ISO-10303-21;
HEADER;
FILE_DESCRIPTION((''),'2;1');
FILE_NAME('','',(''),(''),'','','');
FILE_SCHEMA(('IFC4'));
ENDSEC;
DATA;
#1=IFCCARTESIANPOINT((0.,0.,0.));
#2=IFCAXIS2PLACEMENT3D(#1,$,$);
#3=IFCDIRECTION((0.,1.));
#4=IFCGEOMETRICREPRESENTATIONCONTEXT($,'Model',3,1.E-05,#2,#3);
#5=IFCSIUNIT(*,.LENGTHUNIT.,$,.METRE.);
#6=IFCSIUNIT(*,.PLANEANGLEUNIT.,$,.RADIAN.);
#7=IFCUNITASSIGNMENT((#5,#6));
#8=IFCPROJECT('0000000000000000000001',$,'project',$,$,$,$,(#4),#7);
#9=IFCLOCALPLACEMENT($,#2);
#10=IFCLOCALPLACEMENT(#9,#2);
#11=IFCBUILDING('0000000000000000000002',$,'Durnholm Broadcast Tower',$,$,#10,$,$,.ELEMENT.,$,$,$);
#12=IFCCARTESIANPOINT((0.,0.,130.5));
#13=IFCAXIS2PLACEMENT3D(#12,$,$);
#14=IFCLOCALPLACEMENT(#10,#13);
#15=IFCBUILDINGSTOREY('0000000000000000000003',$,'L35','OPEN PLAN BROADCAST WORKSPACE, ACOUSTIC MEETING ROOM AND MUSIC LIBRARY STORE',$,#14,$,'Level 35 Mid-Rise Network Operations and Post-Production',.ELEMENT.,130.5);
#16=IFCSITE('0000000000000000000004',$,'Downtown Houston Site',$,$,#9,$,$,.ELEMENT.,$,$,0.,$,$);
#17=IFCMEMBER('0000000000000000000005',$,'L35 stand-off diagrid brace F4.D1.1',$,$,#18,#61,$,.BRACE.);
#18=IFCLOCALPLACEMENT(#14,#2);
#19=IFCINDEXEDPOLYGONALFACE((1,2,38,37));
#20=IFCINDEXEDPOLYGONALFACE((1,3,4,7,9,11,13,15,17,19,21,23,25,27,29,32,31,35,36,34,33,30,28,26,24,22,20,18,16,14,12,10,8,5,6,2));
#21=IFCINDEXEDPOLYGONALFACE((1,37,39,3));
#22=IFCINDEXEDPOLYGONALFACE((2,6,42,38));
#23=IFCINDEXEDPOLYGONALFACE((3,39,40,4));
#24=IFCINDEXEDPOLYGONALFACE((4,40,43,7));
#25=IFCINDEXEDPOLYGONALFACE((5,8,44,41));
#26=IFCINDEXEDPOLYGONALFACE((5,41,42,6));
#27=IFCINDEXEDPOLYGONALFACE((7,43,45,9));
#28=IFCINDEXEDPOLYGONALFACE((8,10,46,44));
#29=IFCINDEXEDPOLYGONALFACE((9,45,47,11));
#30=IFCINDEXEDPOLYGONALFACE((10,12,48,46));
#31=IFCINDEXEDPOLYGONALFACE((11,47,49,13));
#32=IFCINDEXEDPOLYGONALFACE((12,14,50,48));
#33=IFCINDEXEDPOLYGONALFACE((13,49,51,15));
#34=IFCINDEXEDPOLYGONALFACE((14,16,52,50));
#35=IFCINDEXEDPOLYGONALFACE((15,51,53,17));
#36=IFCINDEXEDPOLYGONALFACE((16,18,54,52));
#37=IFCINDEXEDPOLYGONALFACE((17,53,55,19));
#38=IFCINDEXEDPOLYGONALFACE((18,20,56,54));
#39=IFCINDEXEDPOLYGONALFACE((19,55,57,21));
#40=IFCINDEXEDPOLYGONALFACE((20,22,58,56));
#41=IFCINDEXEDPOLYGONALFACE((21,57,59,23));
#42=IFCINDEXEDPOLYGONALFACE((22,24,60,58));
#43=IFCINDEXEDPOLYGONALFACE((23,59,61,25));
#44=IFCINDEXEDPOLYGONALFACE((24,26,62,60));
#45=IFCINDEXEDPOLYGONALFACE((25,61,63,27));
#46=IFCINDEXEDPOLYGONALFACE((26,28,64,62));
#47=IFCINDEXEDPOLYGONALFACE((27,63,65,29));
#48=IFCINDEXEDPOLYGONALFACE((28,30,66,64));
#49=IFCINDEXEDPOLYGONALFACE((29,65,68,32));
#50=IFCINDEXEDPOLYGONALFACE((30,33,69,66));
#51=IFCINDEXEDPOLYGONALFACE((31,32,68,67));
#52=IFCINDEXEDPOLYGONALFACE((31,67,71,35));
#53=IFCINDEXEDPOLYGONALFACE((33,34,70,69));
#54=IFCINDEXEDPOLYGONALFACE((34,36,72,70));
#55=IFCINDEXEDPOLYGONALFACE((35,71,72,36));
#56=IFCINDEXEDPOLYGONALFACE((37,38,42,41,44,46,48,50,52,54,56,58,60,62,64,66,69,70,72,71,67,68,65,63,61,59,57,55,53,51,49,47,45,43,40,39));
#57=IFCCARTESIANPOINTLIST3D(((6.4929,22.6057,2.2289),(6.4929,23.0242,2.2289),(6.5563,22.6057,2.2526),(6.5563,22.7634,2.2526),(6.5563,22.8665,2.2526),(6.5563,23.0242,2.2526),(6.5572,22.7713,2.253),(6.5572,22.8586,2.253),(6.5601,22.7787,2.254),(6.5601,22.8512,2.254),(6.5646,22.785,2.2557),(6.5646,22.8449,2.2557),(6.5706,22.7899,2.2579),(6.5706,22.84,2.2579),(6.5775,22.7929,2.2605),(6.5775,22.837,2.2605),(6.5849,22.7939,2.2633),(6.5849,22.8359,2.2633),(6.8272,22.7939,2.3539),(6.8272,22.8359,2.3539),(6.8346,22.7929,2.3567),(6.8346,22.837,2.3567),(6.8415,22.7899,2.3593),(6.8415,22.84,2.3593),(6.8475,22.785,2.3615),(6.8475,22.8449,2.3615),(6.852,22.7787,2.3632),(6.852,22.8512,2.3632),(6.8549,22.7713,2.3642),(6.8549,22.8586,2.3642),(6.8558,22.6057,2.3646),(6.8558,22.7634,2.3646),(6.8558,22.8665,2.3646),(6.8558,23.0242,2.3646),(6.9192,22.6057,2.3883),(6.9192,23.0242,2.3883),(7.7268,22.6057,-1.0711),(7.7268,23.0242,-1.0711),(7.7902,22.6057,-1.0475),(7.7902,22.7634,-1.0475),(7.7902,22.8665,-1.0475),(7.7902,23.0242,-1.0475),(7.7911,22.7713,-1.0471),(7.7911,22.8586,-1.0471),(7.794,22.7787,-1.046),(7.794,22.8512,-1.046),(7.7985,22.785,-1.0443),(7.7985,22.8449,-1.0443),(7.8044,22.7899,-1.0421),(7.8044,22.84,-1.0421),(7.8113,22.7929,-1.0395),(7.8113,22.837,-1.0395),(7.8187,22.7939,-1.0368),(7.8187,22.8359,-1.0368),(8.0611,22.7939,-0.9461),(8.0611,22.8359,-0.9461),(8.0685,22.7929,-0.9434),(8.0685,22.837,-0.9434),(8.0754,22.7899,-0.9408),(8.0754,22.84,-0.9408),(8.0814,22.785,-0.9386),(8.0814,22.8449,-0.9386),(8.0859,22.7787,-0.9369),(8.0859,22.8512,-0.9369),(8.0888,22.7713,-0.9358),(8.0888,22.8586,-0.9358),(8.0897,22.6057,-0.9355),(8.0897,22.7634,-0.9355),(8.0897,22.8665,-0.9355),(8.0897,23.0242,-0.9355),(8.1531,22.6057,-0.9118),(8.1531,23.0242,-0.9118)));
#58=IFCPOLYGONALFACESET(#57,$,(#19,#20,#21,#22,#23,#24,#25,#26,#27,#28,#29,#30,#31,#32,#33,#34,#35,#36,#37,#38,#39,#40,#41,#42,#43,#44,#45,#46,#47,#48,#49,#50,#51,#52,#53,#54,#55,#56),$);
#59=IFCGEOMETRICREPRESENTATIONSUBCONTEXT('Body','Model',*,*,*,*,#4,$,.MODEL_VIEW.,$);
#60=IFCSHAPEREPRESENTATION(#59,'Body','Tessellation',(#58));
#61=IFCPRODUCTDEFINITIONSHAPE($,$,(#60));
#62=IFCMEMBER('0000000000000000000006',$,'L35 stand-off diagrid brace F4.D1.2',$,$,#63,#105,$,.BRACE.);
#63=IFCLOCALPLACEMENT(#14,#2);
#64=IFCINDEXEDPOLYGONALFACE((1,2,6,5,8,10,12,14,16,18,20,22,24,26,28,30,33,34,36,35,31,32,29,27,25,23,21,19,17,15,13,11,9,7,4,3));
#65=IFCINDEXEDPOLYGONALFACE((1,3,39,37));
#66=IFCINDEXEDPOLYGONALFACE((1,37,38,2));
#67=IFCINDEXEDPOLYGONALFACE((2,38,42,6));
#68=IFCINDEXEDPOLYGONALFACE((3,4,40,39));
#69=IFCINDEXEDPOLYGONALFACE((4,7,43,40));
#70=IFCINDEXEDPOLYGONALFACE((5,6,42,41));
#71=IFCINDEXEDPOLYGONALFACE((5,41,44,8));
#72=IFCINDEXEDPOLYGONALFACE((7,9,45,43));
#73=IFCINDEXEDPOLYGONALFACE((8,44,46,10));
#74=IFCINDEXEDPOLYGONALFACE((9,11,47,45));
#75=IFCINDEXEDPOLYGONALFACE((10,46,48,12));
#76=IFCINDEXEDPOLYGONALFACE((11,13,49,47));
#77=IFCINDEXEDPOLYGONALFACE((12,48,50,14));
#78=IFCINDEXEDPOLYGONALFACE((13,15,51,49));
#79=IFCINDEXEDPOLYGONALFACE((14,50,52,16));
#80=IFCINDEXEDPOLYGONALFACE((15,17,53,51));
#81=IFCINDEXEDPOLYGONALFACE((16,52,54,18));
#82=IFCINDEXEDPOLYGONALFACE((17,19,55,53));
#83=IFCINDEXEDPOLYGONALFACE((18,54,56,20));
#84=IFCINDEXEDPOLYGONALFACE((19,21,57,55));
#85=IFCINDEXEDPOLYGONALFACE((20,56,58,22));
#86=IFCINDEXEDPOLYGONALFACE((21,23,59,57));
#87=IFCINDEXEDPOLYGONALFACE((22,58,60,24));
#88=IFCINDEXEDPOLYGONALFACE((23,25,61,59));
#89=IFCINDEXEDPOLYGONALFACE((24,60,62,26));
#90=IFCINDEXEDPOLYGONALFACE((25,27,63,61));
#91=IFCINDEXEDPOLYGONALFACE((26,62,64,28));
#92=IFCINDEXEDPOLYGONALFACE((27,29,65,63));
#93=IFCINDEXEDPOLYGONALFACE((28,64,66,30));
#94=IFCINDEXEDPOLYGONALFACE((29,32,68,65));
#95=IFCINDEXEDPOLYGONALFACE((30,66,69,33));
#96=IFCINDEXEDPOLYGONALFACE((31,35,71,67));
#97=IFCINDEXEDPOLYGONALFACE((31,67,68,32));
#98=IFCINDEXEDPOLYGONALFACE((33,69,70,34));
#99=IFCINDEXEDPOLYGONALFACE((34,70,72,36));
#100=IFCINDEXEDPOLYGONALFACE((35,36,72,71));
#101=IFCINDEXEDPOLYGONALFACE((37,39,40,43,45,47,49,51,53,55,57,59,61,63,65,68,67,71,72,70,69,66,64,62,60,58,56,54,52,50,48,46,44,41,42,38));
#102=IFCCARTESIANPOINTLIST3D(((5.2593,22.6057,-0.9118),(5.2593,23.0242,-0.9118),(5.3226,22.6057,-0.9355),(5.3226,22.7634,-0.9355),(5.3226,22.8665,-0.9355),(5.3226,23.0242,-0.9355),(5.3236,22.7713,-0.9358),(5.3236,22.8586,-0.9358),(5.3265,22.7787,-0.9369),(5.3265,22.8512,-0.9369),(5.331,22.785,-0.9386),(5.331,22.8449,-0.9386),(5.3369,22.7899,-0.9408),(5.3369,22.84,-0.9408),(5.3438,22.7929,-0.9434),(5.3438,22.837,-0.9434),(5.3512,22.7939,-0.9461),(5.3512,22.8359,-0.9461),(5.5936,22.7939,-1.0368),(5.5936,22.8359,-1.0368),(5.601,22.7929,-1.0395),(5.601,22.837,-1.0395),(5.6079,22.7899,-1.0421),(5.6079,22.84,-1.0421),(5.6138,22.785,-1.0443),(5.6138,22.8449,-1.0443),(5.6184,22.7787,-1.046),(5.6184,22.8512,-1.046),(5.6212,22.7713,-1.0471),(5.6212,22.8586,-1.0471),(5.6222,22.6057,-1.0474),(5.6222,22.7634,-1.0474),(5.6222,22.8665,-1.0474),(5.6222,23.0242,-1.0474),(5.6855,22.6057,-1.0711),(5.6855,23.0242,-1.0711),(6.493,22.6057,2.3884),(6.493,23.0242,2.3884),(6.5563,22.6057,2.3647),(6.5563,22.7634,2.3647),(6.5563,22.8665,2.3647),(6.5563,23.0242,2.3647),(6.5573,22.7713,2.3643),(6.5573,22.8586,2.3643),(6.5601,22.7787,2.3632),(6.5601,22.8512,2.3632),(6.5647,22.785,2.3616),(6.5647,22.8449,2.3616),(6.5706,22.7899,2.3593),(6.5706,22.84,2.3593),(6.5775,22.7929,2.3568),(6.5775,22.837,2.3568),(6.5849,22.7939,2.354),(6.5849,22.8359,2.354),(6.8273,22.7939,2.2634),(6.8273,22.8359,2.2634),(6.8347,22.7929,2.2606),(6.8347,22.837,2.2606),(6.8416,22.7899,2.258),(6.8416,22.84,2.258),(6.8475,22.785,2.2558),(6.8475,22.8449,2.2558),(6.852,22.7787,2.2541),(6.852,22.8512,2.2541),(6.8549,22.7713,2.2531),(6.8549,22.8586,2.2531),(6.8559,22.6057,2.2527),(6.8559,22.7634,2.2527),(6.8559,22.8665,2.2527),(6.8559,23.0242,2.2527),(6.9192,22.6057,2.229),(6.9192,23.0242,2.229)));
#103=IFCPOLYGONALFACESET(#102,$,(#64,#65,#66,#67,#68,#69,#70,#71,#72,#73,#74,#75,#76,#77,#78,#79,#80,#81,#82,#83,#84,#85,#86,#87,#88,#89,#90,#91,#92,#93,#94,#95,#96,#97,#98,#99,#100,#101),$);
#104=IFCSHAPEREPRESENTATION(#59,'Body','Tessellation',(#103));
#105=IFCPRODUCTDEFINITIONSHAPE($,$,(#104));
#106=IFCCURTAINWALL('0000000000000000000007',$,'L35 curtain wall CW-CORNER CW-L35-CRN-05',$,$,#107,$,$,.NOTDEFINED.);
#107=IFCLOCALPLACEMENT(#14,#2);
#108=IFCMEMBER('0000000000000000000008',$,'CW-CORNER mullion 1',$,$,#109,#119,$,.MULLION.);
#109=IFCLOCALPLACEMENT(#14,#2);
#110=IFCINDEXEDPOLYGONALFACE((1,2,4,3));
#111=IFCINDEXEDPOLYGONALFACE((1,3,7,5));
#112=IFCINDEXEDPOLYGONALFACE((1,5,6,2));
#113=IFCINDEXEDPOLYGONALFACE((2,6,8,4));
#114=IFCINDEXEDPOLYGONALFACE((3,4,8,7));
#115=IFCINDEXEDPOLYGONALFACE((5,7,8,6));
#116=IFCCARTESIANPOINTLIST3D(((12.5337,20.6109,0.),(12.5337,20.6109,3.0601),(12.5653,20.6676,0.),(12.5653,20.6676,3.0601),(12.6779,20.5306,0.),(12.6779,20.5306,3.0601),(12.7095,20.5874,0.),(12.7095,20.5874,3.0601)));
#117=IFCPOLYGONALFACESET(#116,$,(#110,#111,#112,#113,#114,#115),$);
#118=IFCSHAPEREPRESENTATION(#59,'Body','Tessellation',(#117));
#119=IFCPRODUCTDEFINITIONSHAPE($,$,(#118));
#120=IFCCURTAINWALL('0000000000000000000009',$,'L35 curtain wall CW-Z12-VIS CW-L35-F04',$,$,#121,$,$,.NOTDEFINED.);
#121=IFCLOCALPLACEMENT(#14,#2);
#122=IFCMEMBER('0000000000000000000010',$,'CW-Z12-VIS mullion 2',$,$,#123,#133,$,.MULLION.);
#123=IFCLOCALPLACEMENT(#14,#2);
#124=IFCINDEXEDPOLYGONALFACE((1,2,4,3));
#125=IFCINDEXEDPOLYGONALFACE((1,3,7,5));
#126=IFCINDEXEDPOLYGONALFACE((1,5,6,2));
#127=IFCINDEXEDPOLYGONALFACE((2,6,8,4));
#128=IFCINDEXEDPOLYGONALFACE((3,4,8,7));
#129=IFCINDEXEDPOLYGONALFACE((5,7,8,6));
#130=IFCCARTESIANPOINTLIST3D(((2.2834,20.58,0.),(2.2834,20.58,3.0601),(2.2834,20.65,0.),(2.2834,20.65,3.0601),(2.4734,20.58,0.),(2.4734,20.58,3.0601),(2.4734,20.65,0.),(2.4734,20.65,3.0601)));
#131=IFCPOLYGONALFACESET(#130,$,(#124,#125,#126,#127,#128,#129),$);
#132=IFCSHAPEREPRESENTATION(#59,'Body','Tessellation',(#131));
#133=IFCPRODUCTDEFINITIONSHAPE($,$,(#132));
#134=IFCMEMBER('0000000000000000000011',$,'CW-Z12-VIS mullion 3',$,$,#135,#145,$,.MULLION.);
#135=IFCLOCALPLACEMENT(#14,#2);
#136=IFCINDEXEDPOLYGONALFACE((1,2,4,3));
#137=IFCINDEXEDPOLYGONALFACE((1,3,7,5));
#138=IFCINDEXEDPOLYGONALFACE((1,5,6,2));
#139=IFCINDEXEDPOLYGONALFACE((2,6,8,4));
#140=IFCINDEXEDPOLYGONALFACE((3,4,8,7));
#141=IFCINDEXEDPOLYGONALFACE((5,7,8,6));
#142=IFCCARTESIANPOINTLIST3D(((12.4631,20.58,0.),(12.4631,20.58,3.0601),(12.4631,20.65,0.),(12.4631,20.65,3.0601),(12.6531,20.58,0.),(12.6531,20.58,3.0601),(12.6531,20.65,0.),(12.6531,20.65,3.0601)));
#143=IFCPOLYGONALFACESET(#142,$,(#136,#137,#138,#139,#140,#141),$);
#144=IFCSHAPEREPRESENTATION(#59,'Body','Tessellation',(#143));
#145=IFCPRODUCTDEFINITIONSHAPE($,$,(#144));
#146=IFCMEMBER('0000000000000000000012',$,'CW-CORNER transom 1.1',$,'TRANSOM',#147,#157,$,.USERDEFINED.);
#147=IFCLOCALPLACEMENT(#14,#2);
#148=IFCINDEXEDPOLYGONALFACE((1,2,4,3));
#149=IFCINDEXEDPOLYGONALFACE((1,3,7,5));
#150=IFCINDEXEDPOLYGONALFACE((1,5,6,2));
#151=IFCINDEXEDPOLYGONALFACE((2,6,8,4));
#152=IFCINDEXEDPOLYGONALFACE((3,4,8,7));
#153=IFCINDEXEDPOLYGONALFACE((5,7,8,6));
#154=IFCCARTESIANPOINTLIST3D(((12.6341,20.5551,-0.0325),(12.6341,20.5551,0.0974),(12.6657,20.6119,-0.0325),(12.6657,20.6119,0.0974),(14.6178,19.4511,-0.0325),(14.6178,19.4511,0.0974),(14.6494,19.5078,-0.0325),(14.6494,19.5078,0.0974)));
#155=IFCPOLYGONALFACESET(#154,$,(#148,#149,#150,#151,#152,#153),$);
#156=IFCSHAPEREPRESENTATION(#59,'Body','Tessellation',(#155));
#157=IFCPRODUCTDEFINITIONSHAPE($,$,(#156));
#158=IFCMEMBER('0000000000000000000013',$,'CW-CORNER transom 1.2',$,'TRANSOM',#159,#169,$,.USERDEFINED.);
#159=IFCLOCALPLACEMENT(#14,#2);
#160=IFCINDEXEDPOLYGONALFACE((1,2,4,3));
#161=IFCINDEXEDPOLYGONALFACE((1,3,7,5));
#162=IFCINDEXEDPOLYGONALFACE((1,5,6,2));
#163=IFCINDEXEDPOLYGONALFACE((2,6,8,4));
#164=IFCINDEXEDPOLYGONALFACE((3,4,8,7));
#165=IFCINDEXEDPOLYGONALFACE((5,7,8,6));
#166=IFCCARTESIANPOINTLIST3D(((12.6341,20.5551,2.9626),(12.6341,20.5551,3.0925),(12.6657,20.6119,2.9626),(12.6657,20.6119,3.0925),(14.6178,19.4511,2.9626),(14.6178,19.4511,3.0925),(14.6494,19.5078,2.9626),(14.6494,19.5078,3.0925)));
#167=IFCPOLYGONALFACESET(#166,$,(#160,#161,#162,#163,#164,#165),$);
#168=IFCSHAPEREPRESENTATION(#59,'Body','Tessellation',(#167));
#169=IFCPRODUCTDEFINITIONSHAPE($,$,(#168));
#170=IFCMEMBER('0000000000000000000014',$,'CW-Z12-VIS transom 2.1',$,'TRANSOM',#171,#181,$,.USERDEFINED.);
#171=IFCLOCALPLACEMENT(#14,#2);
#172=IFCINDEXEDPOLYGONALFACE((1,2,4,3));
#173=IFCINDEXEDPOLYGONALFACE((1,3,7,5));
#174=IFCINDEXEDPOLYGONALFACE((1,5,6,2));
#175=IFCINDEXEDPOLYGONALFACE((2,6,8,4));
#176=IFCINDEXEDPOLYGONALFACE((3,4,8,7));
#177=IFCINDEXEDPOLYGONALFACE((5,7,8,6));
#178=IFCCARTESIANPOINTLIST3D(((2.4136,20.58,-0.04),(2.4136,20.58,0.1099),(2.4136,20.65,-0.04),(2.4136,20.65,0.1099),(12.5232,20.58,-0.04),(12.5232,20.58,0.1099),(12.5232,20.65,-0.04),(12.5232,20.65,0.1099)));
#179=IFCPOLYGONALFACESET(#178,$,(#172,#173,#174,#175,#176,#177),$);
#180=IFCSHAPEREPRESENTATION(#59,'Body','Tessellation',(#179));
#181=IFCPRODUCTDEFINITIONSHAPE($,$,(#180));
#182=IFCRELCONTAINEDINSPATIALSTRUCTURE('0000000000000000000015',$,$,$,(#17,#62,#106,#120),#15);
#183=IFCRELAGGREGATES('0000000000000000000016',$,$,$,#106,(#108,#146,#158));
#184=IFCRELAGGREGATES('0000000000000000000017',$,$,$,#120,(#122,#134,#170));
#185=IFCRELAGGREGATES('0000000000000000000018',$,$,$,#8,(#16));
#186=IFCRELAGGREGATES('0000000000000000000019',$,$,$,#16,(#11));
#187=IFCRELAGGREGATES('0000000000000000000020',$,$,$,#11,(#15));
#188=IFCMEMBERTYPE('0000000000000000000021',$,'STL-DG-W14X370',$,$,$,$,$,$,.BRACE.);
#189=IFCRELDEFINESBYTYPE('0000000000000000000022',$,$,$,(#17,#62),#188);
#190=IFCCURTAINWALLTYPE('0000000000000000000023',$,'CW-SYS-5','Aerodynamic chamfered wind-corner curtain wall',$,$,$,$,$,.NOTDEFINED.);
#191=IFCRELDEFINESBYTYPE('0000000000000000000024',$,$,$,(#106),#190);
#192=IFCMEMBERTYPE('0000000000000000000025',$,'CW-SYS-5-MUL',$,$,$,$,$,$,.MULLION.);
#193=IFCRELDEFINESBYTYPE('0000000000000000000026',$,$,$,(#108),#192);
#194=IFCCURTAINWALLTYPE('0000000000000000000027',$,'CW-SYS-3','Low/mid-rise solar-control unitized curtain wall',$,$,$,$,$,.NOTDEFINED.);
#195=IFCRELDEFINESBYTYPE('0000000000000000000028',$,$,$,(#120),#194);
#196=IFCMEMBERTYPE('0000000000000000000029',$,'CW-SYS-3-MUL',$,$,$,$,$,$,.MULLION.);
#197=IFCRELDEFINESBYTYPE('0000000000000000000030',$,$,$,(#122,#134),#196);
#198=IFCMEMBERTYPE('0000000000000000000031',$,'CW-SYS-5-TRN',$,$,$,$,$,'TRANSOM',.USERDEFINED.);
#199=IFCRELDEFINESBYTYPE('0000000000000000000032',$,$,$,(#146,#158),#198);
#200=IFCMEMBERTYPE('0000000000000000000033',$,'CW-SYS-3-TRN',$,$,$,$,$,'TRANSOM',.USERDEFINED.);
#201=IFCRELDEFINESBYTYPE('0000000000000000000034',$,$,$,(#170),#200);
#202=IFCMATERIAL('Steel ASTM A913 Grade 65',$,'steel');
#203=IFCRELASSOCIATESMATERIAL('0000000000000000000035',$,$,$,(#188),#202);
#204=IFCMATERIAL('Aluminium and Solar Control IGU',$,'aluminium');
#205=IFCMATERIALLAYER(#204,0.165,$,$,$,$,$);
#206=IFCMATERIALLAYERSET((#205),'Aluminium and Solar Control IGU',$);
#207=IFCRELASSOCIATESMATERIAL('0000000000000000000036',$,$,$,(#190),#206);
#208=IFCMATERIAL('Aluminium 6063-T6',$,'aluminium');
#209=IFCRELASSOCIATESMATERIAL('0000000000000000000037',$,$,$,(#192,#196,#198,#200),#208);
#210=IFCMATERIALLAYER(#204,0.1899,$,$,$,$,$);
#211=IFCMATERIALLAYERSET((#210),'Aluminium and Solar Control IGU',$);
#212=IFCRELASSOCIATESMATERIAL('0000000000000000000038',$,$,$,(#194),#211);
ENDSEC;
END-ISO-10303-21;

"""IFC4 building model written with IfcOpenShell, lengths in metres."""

from ifc_helpers import new_model, si_unit, direction, frame, origin, origin_2d, place, context, subcontext, project, spatial, rectangle, i_section, extrude, source, transform, mapped, material, layer, layer_set, material_profile, profile_set, type_object, type_shapes, element, aggregate, save


model = new_model("IFC4")

# Units and contexts
model_context = context("Model", 3, precision=1e-05, world=origin(), true_north=direction((0.0, 1.0)))
body_context = subcontext(model_context, "Body", "Model", "MODEL_VIEW")
ifc_project = project(units=[si_unit("LENGTHUNIT", "METRE"), si_unit("PLANEANGLEUNIT", "RADIAN")], contexts=[model_context])

# Site, building, storey
site_placement = place(None, origin())
site = spatial("IfcSite", under=ifc_project, at=site_placement, Name="Downtown Houston Site", CompositionType="ELEMENT", RefElevation=0.0)
building_placement = place(site_placement, origin())
building = spatial("IfcBuilding", under=site, at=building_placement, Name="Durnholm Broadcast Tower", CompositionType="ELEMENT")
storey_placement = place(building_placement, frame((0.0, 0.0, 130.5)))
storey = spatial("IfcBuildingStorey", under=building, at=storey_placement, Name="L35", Description="OPEN PLAN BROADCAST WORKSPACE, ACOUSTIC MEETING ROOM AND MUSIC LIBRARY STORE", LongName="Level 35 Mid-Rise Network Operations and Post-Production", CompositionType="ELEMENT", Elevation=130.5)

# Members
ifc_material_1 = material(Name="Steel ASTM A913 Grade 65", Category="steel")
ifc_material_profile_1 = material_profile(ifc_material_1, i_section(OverallWidth=0.4185, OverallDepth=0.4551, WebThickness=0.042, FlangeThickness=0.0676, FilletRadius=0.0305, at=origin_2d()), Name="W14X370")
ifc_profile_set_1 = profile_set([ifc_material_profile_1], Name="Steel ASTM A913 Grade 65")
member_type_1 = type_object("IfcMemberType", Name="STL-DG-W14X370", PredefinedType="BRACE", material=ifc_profile_set_1)
shared_shape_1 = source(origin(), body_context, "Body", "SweptSolid", [
    extrude(i_section(OverallWidth=0.4185, OverallDepth=0.4551, WebThickness=0.042, FlangeThickness=0.0676, FilletRadius=0.0305, at=origin_2d()), origin(), (0.0, 0.0, 1.0), 3.5232),
])
type_shapes(member_type_1, [shared_shape_1])
for number, where, z_axis, x_axis, name in (
    (1, (7.9399, 22.8149, -0.9915), (-0.35022, 0.0, 0.936668), (0.0, -1.0, 0.0), "L35 stand-off diagrid brace F4.D1.1"),
    (2, (5.4724, 22.8149, -0.9915), (0.350159, 0.0, 0.93669), (0.0, 1.0, 0.0), "L35 stand-off diagrid brace F4.D1.2"),
):
    element("IfcMember", number, at=place(storey_placement, frame(where, z_axis=z_axis, x_axis=x_axis)), inside=storey, type_object=member_type_1, Name=name, PredefinedType="BRACE", context=body_context, shape_type="MappedRepresentation", body=[
        mapped(shared_shape_1, transform((0.0, 0.0, 0.0), x_axis=(1.0, 0.0, 0.0), y_axis=(0.0, 1.0, 0.0), z_axis=(0.0, 0.0, 1.0), scale=1.0)),
    ])

# Curtain wall, member
ifc_material_2 = material(Name="Aluminium and Solar Control IGU", Category="aluminium")
ifc_layer_1 = layer(ifc_material_2, 0.165)
ifc_layer_set_1 = layer_set([ifc_layer_1], Name="Aluminium and Solar Control IGU")
curtain_wall_type_1 = type_object("IfcCurtainWallType", Name="CW-SYS-5", Description="Aerodynamic chamfered wind-corner curtain wall", PredefinedType="NOTDEFINED", material=ifc_layer_set_1)
curtain_wall_1_placement = place(storey_placement, origin())
curtain_wall_1 = element("IfcCurtainWall", 3, at=curtain_wall_1_placement, inside=storey, type_object=curtain_wall_type_1, Name="L35 curtain wall CW-CORNER CW-L35-CRN-05", PredefinedType="NOTDEFINED")
ifc_material_3 = material(Name="Aluminium 6063-T6", Category="aluminium")
ifc_material_profile_2 = material_profile(ifc_material_3, rectangle(XDim=0.0649, YDim=0.165, at=origin_2d()), Name="CWM65X165")
ifc_profile_set_2 = profile_set([ifc_material_profile_2], Name="Aluminium 6063-T6")
member_type_2 = type_object("IfcMemberType", Name="CW-SYS-5-MUL", PredefinedType="MULLION", material=ifc_profile_set_2)
shared_shape_2 = source(origin(), body_context, "Body", "SweptSolid", [
    extrude(rectangle(XDim=0.0649, YDim=0.165, at=origin_2d()), origin(), (0.0, 0.0, 1.0), 3.0601),
])
type_shapes(member_type_2, [shared_shape_2])
member_1_placement = place(storey_placement, frame((12.6216, 20.5991, 0.0), z_axis=(0.0, 0.0, 1.0), x_axis=(0.486244, 0.873823, 0.0)))
member_1 = element("IfcMember", 4, at=member_1_placement, type_object=member_type_2, Name="CW-CORNER mullion 1", PredefinedType="MULLION", context=body_context, shape_type="MappedRepresentation", body=[
    mapped(shared_shape_2, transform((0.0, 0.0, 0.0), x_axis=(1.0, 0.0, 0.0), y_axis=(0.0, 1.0, 0.0), z_axis=(0.0, 0.0, 1.0), scale=1.0)),
])

# Curtain wall, members
ifc_layer_2 = layer(ifc_material_2, 0.1899)
ifc_layer_set_2 = layer_set([ifc_layer_2], Name="Aluminium and Solar Control IGU")
curtain_wall_type_2 = type_object("IfcCurtainWallType", Name="CW-SYS-3", Description="Low/mid-rise solar-control unitized curtain wall", PredefinedType="NOTDEFINED", material=ifc_layer_set_2)
curtain_wall_2_placement = place(storey_placement, origin())
curtain_wall_2 = element("IfcCurtainWall", 5, at=curtain_wall_2_placement, inside=storey, type_object=curtain_wall_type_2, Name="L35 curtain wall CW-Z12-VIS CW-L35-F04", PredefinedType="NOTDEFINED")
ifc_material_profile_3 = material_profile(ifc_material_3, rectangle(XDim=0.0701, YDim=0.1899, at=origin_2d()), Name="CWM70X190")
ifc_profile_set_3 = profile_set([ifc_material_profile_3], Name="Aluminium 6063-T6")
member_type_3 = type_object("IfcMemberType", Name="CW-SYS-3-MUL", PredefinedType="MULLION", material=ifc_profile_set_3)
shared_shape_3 = source(origin(), body_context, "Body", "SweptSolid", [
    extrude(rectangle(XDim=0.0701, YDim=0.1899, at=origin_2d()), origin(), (0.0, 0.0, 1.0), 3.0601),
])
type_shapes(member_type_3, [shared_shape_3])
member_2_placement = place(storey_placement, frame((2.3784, 20.615, 0.0), z_axis=(0.0, 0.0, 1.0), x_axis=(0.0, 1.0, 0.0)))
member_2 = element("IfcMember", 6, at=member_2_placement, type_object=member_type_3, Name="CW-Z12-VIS mullion 2", PredefinedType="MULLION", context=body_context, shape_type="MappedRepresentation", body=[
    mapped(shared_shape_3, transform((0.0, 0.0, 0.0), x_axis=(1.0, 0.0, 0.0), y_axis=(0.0, 1.0, 0.0), z_axis=(0.0, 0.0, 1.0), scale=1.0)),
])
member_3_placement = place(storey_placement, frame((12.5581, 20.615, 0.0), z_axis=(0.0, 0.0, 1.0), x_axis=(0.0, 1.0, 0.0)))
member_3 = element("IfcMember", 7, at=member_3_placement, type_object=member_type_3, Name="CW-Z12-VIS mullion 3", PredefinedType="MULLION", context=body_context, shape_type="MappedRepresentation", body=[
    mapped(shared_shape_3, transform((0.0, 0.0, 0.0), x_axis=(1.0, 0.0, 0.0), y_axis=(0.0, 1.0, 0.0), z_axis=(0.0, 0.0, 1.0), scale=1.0)),
])

# Members
ifc_material_profile_4 = material_profile(ifc_material_3, rectangle(XDim=0.0649, YDim=0.1299, at=origin_2d()), Name="CWT65X130")
ifc_profile_set_4 = profile_set([ifc_material_profile_4], Name="Aluminium 6063-T6")
member_type_4 = type_object("IfcMemberType", Name="CW-SYS-5-TRN", ElementType="TRANSOM", PredefinedType="USERDEFINED", material=ifc_profile_set_4)
shared_shape_4 = source(origin(), body_context, "Body", "SweptSolid", [
    extrude(rectangle(XDim=0.0649, YDim=0.1299, at=origin_2d()), origin(), (0.0, 0.0, 1.0), 2.2703),
])
type_shapes(member_type_4, [shared_shape_4])
member_4_placement = place(storey_placement, frame((12.6499, 20.5835, 0.0325), z_axis=(0.873787, -0.486309, 0.0), x_axis=(0.486309, 0.873787, 0.0)))
member_4 = element("IfcMember", 8, at=member_4_placement, type_object=member_type_4, Name="CW-CORNER transom 1.1", ObjectType="TRANSOM", PredefinedType="USERDEFINED", context=body_context, shape_type="MappedRepresentation", body=[
    mapped(shared_shape_4, transform((0.0, 0.0, 0.0), x_axis=(1.0, 0.0, 0.0), y_axis=(0.0, 1.0, 0.0), z_axis=(0.0, 0.0, 1.0), scale=1.0)),
])
member_5_placement = place(storey_placement, frame((12.6499, 20.5835, 3.0276), z_axis=(0.873787, -0.486309, 0.0), x_axis=(0.486309, 0.873787, 0.0)))
member_5 = element("IfcMember", 9, at=member_5_placement, type_object=member_type_4, Name="CW-CORNER transom 1.2", ObjectType="TRANSOM", PredefinedType="USERDEFINED", context=body_context, shape_type="MappedRepresentation", body=[
    mapped(shared_shape_4, transform((0.0, 0.0, 0.0), x_axis=(1.0, 0.0, 0.0), y_axis=(0.0, 1.0, 0.0), z_axis=(0.0, 0.0, 1.0), scale=1.0)),
])
aggregate(curtain_wall_1, [member_1, member_4, member_5])
ifc_material_profile_5 = material_profile(ifc_material_3, rectangle(XDim=0.0701, YDim=0.1499, at=origin_2d()), Name="CWT70X150")
ifc_profile_set_5 = profile_set([ifc_material_profile_5], Name="Aluminium 6063-T6")
member_type_5 = type_object("IfcMemberType", Name="CW-SYS-3-TRN", ElementType="TRANSOM", PredefinedType="USERDEFINED", material=ifc_profile_set_5)
shared_shape_5 = source(origin(), body_context, "Body", "SweptSolid", [
    extrude(rectangle(XDim=0.0701, YDim=0.1499, at=origin_2d()), origin(), (0.0, 0.0, 1.0), 10.1096),
])
type_shapes(member_type_5, [shared_shape_5])
member_6_placement = place(storey_placement, frame((2.4136, 20.615, 0.0349), z_axis=(1.0, 0.0, 0.0), x_axis=(0.0, 1.0, 0.0)))
member_6 = element("IfcMember", 10, at=member_6_placement, type_object=member_type_5, Name="CW-Z12-VIS transom 2.1", ObjectType="TRANSOM", PredefinedType="USERDEFINED", context=body_context, shape_type="MappedRepresentation", body=[
    mapped(shared_shape_5, transform((0.0, 0.0, 0.0), x_axis=(1.0, 0.0, 0.0), y_axis=(0.0, 1.0, 0.0), z_axis=(0.0, 0.0, 1.0), scale=1.0)),
])

aggregate(curtain_wall_2, [member_2, member_3, member_6])

save(model, "model.ifc")
